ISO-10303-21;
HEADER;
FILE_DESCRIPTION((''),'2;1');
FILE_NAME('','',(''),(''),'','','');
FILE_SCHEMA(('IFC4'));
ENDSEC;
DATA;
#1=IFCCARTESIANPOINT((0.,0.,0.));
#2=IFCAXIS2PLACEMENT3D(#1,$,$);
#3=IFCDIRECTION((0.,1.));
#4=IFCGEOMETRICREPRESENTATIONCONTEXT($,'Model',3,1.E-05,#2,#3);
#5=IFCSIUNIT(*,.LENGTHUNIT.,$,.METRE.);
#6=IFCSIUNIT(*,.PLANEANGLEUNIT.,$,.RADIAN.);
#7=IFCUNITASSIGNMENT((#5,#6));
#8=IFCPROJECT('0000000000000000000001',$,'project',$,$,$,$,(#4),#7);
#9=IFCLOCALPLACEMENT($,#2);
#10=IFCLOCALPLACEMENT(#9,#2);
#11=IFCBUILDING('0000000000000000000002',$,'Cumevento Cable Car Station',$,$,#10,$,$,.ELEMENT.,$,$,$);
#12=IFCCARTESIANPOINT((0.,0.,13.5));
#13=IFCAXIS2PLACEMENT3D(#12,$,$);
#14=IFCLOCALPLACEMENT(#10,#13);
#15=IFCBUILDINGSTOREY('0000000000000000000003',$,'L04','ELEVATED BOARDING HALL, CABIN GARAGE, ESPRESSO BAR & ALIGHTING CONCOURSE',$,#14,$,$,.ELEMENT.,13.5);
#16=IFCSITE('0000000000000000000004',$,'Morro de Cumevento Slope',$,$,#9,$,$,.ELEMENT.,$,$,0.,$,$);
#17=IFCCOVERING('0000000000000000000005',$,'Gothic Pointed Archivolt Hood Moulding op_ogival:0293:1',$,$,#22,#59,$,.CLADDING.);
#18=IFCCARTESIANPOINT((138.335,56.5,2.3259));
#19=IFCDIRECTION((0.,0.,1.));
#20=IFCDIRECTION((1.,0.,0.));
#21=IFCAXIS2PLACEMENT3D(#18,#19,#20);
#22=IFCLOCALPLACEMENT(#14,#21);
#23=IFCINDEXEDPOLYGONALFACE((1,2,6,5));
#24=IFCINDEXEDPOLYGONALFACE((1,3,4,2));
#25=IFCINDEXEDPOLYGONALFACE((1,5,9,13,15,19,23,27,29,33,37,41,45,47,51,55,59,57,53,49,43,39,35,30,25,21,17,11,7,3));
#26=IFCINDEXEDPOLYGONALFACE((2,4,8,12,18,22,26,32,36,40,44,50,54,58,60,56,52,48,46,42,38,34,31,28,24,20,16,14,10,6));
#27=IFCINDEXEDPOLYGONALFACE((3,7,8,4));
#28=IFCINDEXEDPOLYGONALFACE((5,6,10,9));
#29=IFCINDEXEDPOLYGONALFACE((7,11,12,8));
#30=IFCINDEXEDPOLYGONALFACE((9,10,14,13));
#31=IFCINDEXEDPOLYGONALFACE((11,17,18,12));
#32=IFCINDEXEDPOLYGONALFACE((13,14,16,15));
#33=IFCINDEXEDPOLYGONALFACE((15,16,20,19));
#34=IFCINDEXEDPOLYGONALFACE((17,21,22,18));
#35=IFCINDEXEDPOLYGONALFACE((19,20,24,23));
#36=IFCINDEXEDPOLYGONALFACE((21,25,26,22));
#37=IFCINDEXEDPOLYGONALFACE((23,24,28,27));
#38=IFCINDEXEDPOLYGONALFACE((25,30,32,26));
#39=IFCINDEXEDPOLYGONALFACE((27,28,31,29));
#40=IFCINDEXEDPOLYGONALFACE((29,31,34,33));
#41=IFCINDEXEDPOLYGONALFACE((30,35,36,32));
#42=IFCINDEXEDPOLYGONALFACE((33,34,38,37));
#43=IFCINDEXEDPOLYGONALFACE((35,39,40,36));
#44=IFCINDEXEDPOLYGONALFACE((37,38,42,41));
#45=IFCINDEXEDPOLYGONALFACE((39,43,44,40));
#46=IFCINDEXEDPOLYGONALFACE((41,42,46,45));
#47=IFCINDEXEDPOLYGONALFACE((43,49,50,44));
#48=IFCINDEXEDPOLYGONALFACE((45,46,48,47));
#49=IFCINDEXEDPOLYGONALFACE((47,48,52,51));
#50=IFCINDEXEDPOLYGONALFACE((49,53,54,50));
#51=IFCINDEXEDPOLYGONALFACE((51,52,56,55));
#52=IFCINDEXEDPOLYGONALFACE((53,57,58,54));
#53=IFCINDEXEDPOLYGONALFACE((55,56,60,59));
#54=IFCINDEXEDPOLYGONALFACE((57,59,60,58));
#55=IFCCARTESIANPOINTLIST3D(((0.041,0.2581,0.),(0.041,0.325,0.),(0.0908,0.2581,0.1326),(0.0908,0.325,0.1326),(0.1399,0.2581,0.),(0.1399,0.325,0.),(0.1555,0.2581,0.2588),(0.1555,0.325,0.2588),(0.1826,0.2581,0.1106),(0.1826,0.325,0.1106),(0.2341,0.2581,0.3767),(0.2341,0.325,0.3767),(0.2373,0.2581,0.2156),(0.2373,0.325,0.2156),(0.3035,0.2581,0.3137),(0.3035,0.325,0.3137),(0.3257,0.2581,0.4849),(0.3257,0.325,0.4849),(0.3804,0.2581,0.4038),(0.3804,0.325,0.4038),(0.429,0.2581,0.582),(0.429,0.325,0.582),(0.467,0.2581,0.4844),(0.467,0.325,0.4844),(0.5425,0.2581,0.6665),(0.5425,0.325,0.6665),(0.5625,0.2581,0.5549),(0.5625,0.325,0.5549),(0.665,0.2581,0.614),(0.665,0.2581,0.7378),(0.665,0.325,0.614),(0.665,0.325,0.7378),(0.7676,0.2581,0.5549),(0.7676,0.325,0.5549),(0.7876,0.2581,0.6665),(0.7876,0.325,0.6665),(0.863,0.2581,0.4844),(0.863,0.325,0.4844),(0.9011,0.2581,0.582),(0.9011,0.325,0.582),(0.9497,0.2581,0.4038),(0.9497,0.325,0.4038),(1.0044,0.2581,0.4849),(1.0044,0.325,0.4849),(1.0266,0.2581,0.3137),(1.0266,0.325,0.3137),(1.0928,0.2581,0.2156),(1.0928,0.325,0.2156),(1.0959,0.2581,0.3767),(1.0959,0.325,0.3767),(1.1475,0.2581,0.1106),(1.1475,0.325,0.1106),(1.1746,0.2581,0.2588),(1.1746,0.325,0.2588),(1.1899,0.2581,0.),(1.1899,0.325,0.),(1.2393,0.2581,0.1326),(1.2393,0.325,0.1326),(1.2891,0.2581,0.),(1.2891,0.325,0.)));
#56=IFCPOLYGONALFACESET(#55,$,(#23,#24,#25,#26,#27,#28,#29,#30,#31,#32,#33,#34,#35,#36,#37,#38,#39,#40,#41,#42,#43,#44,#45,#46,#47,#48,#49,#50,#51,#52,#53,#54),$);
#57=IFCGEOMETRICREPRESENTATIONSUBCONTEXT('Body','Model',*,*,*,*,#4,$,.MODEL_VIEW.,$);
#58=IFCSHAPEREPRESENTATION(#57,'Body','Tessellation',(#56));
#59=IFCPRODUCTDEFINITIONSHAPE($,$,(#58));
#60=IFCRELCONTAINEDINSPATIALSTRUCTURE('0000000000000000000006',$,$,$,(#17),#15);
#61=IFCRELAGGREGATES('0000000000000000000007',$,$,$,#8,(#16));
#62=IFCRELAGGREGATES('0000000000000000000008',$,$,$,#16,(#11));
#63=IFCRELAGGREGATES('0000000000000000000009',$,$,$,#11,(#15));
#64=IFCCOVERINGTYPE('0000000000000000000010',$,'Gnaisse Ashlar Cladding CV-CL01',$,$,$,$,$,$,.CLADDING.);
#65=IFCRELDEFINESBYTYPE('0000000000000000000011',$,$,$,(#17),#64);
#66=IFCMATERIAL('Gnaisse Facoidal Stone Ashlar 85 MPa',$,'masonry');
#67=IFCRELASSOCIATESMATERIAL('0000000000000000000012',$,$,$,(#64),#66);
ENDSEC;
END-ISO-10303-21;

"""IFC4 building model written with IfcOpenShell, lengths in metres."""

from ifc_helpers import new_model, si_unit, direction, frame, origin, place, context, subcontext, project, spatial, polyline, outline, extrude, material, type_object, element, save


model = new_model("IFC4")

# Units and contexts
model_context = context("Model", 3, precision=1e-05, world=origin(), true_north=direction((0.0, 1.0)))
body_context = subcontext(model_context, "Body", "Model", "MODEL_VIEW")
ifc_project = project(units=[si_unit("LENGTHUNIT", "METRE"), si_unit("PLANEANGLEUNIT", "RADIAN")], contexts=[model_context])

# Site, building, storey
site_placement = place(None, origin())
site = spatial("IfcSite", under=ifc_project, at=site_placement, Name="Morro de Cumevento Slope", CompositionType="ELEMENT", RefElevation=0.0)
building_placement = place(site_placement, origin())
building = spatial("IfcBuilding", under=site, at=building_placement, Name="Cumevento Cable Car Station", CompositionType="ELEMENT")
storey_placement = place(building_placement, frame((0.0, 0.0, 13.5)))
storey = spatial("IfcBuildingStorey", under=building, at=storey_placement, Name="L04", Description="ELEVATED BOARDING HALL, CABIN GARAGE, ESPRESSO BAR & ALIGHTING CONCOURSE", CompositionType="ELEMENT", Elevation=13.5)

# Covering
ifc_material_1 = material(Name="Gnaisse Facoidal Stone Ashlar 85 MPa", Category="masonry")
covering_type = type_object("IfcCoveringType", Name="Gnaisse Ashlar Cladding CV-CL01", PredefinedType="CLADDING", material=ifc_material_1)
covering_1_placement = place(storey_placement, frame((138.335, 56.5, 2.3259), z_axis=(0.0, 0.0, 1.0), x_axis=(1.0, 0.0, 0.0)))
element("IfcCovering", 1, at=covering_1_placement, inside=storey, type_object=covering_type, Name="Gothic Pointed Archivolt Hood Moulding op_ogival:0293:1", PredefinedType="CLADDING", context=body_context, shape_type="SweptSolid", body=[
    extrude(outline(polyline([(0.1399, 0.0), (0.1826, 0.1106), (0.2373, 0.2156), (0.3035, 0.3137), (0.3804, 0.4038), (0.467, 0.4844), (0.5625, 0.5549), (0.665, 0.614), (0.7676, 0.5549), (0.863, 0.4844), (0.9497, 0.4038), (1.0266, 0.3137), (1.0928, 0.2156), (1.1475, 0.1106), (1.1899, 0.0), (1.2891, 0.0), (1.2393, 0.1326), (1.1746, 0.2588), (1.0959, 0.3767), (1.0044, 0.4849), (0.9011, 0.582), (0.7876, 0.6665), (0.665, 0.7378), (0.5425, 0.6665), (0.429, 0.582), (0.3257, 0.4849), (0.2341, 0.3767), (0.1555, 0.2588), (0.0908, 0.1326), (0.041, 0.0), (0.1399, 0.0)])), frame((0.0, 0.325, 0.0), z_axis=(0.0, -1.0, 0.0), x_axis=(1.0, 0.0, 0.0)), (0.0, 0.0, 1.0), 0.0669),
])

save(model, "model.ifc")
